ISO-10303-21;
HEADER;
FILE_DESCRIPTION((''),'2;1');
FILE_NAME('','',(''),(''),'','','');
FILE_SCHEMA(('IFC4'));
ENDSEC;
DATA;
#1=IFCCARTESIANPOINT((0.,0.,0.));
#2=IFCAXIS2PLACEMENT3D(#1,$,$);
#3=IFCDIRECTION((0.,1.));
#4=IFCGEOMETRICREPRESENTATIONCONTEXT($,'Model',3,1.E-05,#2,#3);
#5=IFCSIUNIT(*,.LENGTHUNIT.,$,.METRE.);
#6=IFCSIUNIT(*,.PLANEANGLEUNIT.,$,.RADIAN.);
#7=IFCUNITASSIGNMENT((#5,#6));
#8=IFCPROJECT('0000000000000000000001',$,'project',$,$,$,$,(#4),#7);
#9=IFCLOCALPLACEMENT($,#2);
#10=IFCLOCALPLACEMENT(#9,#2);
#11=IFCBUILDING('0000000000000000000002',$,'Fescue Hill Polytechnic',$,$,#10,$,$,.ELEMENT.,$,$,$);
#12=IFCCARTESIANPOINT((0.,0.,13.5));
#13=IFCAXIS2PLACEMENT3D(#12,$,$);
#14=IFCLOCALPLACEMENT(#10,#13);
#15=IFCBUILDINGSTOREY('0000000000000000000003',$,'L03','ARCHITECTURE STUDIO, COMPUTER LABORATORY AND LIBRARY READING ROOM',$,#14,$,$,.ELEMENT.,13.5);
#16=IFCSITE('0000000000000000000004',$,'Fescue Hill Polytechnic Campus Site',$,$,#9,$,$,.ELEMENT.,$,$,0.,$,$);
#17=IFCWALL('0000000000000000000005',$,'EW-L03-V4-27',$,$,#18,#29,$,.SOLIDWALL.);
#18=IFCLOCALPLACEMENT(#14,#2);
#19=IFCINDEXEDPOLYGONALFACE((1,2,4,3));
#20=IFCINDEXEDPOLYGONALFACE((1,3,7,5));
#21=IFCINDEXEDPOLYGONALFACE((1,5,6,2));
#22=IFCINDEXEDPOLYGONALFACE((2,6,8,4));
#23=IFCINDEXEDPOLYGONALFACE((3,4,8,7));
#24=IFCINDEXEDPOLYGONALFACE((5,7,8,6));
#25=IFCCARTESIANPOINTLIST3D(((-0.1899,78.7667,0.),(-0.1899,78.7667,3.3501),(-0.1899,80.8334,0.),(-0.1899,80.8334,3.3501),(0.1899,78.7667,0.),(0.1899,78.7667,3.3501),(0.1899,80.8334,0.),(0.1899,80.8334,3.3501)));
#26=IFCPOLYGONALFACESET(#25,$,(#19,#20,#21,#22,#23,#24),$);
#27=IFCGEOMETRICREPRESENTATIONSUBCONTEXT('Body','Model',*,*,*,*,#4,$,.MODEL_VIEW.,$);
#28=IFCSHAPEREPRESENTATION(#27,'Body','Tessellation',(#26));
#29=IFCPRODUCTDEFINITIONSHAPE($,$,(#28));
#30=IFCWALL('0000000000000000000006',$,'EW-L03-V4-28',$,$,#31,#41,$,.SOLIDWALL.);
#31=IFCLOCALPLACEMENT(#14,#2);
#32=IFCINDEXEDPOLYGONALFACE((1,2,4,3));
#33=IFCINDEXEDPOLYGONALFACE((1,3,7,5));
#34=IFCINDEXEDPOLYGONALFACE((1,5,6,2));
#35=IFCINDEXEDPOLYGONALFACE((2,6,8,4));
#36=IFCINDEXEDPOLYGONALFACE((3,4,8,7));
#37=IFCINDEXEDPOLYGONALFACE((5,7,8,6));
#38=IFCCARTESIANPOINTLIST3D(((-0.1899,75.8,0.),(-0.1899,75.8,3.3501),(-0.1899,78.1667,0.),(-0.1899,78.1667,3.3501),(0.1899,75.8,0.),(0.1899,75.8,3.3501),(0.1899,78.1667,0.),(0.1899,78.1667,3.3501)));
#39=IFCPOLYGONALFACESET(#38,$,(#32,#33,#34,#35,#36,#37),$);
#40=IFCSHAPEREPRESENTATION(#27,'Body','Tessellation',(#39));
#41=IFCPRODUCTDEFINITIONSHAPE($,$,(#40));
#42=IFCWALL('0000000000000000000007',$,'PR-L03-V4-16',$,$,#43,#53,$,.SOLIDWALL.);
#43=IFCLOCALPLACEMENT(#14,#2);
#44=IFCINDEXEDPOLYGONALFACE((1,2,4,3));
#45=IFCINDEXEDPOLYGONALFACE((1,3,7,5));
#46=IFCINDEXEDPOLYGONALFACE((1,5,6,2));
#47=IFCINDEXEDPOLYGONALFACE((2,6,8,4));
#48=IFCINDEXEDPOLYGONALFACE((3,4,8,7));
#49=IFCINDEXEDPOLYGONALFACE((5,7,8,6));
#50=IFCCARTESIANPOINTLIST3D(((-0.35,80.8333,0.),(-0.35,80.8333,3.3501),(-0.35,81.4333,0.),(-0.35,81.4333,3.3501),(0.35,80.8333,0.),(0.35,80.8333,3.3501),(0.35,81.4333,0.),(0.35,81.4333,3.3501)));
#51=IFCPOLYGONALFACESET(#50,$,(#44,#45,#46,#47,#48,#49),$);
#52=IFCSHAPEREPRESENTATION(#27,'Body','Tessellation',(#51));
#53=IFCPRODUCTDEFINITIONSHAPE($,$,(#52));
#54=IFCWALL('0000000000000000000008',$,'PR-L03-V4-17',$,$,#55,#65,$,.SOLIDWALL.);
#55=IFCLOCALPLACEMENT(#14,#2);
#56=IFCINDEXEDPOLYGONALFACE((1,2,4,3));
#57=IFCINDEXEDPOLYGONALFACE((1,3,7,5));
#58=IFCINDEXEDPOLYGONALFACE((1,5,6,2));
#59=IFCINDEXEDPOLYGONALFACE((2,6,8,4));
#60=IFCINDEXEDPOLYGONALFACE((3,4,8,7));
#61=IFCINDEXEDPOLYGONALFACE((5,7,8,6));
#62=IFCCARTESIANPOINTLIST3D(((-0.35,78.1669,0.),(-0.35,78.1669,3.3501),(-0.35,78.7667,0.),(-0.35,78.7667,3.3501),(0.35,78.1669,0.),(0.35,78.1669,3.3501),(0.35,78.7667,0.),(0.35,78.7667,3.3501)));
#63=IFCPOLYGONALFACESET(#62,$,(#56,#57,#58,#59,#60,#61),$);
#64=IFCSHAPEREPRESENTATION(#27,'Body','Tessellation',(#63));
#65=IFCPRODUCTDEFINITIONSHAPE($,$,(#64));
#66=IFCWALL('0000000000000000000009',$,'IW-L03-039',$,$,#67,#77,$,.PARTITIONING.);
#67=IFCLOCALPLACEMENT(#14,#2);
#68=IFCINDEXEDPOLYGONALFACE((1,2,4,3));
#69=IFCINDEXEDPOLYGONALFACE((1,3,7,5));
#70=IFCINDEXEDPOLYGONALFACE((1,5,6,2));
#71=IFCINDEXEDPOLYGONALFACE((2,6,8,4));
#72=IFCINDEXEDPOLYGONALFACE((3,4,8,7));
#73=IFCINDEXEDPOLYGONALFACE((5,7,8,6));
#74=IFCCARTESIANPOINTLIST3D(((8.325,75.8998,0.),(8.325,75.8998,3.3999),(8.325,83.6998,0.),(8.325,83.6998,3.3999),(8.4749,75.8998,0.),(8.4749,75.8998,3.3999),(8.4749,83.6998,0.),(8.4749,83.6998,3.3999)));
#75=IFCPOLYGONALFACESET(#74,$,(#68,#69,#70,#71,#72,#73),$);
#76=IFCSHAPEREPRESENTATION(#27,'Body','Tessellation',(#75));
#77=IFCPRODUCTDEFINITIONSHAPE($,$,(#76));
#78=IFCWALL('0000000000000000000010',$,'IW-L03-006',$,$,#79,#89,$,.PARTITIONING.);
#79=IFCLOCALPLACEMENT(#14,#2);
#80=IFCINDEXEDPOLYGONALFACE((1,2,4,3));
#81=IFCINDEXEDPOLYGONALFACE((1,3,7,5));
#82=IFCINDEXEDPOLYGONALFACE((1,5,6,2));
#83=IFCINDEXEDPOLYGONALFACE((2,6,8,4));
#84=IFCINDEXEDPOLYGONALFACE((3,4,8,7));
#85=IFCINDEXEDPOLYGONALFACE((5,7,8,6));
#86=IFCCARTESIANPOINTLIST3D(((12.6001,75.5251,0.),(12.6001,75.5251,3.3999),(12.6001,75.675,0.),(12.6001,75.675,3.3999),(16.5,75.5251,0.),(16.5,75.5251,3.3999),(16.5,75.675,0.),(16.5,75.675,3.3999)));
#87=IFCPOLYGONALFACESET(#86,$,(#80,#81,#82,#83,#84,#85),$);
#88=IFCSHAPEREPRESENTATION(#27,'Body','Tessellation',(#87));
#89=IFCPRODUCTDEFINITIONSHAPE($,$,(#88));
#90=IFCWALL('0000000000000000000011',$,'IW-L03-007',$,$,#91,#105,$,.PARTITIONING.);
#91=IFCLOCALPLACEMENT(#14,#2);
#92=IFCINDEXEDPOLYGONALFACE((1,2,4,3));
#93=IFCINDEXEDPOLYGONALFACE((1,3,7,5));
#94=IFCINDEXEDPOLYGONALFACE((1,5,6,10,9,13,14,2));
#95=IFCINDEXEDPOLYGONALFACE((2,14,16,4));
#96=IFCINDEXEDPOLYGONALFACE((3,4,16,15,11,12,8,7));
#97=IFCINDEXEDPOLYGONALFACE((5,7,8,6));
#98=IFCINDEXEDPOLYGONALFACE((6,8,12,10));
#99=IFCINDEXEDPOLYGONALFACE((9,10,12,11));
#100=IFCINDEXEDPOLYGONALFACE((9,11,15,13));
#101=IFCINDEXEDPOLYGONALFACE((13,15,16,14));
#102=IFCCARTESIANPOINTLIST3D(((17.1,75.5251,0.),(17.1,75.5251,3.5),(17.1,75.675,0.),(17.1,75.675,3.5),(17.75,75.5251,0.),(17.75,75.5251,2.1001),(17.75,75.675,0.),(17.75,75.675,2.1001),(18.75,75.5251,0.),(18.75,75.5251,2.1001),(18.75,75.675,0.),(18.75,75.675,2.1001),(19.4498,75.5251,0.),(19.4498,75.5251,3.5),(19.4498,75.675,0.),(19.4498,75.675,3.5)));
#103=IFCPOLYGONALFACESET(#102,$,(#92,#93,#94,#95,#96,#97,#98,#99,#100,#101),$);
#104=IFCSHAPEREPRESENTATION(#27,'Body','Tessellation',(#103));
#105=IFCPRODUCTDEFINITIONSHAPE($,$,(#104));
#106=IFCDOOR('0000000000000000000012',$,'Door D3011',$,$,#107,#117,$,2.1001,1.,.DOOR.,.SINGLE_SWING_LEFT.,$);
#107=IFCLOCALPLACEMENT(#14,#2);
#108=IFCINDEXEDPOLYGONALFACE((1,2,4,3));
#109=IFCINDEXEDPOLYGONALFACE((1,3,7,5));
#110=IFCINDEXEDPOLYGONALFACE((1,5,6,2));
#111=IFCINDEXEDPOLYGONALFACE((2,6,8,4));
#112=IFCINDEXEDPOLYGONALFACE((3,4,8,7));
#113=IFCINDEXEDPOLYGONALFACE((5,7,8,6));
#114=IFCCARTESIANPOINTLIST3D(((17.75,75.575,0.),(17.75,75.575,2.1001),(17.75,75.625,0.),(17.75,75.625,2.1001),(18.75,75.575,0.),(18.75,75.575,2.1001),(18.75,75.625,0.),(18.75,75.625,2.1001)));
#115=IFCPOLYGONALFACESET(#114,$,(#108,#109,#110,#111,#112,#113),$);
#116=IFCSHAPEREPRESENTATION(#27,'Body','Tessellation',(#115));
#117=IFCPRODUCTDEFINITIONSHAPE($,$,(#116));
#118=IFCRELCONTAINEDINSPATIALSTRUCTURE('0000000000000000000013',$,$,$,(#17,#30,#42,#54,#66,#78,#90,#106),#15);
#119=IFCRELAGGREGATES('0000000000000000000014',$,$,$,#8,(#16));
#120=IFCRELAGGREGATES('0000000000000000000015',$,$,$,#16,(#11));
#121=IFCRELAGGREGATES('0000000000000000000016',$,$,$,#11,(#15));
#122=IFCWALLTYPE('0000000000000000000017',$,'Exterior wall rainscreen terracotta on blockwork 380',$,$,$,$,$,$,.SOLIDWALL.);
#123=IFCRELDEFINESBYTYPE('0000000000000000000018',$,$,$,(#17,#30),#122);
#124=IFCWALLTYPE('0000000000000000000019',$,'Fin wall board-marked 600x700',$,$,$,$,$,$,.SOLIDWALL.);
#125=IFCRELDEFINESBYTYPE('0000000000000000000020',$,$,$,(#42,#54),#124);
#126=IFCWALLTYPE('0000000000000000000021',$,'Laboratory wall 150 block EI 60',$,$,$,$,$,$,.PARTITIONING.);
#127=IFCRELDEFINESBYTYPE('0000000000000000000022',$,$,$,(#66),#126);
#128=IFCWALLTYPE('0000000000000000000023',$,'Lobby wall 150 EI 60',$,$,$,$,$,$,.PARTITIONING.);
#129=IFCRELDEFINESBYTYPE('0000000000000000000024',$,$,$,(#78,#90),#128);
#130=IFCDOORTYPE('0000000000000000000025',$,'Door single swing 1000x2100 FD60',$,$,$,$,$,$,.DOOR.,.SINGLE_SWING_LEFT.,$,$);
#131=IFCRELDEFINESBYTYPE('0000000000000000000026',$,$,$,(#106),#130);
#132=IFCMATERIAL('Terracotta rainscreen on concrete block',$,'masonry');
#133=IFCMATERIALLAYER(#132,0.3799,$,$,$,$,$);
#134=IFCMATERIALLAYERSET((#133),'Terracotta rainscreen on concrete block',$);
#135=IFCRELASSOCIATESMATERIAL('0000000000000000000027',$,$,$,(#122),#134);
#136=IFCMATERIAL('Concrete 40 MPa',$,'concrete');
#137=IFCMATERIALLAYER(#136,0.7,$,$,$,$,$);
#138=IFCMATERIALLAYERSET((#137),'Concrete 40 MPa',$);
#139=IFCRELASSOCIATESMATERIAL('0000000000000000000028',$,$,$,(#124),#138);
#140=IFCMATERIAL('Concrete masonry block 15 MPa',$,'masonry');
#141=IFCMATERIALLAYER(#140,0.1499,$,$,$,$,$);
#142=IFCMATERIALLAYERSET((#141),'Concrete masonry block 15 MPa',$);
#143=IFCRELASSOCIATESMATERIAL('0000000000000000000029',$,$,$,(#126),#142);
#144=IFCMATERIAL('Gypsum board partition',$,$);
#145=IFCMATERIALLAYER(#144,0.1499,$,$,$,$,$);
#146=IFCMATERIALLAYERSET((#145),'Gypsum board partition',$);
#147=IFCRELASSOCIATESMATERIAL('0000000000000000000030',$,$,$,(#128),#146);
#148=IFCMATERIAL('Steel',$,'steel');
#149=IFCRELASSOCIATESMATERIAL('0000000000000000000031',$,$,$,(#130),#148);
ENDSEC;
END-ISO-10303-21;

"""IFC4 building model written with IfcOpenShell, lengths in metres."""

from ifc_helpers import new_model, si_unit, direction, frame, frame_2d, origin, place, context, subcontext, project, spatial, rectangle, extrude, material, layer, layer_set, type_object, element, fill, save


model = new_model("IFC4")

# Units and contexts
model_context = context("Model", 3, precision=1e-05, world=origin(), true_north=direction((0.0, 1.0)))
body_context = subcontext(model_context, "Body", "Model", "MODEL_VIEW")
ifc_project = project(units=[si_unit("LENGTHUNIT", "METRE"), si_unit("PLANEANGLEUNIT", "RADIAN")], contexts=[model_context])

# Site, building, storey
site_placement = place(None, origin())
site = spatial("IfcSite", under=ifc_project, at=site_placement, Name="Fescue Hill Polytechnic Campus Site", CompositionType="ELEMENT", RefElevation=0.0)
building_placement = place(site_placement, origin())
building = spatial("IfcBuilding", under=site, at=building_placement, Name="Fescue Hill Polytechnic", CompositionType="ELEMENT")
storey_placement = place(building_placement, frame((0.0, 0.0, 13.5)))
storey = spatial("IfcBuildingStorey", under=building, at=storey_placement, Name="L03", Description="ARCHITECTURE STUDIO, COMPUTER LABORATORY AND LIBRARY READING ROOM", CompositionType="ELEMENT", Elevation=13.5)

# Shared definitions
ifc_material_1 = material(Name="Concrete 40 MPa", Category="concrete")

# Walls
ifc_material_2 = material(Name="Terracotta rainscreen on concrete block", Category="masonry")
ifc_layer_1 = layer(ifc_material_2, 0.3799)
ifc_layer_set_1 = layer_set([ifc_layer_1], Name="Terracotta rainscreen on concrete block")
wall_type_1 = type_object("IfcWallType", Name="Exterior wall rainscreen terracotta on blockwork 380", PredefinedType="SOLIDWALL", material=ifc_layer_set_1)
wall_1_placement = place(storey_placement, frame((0.0, 80.8333, 0.0), z_axis=(0.0, 0.0, 1.0), x_axis=(0.0, -1.0, 0.0)))
element("IfcWall", 1, at=wall_1_placement, inside=storey, type_object=wall_type_1, Name="EW-L03-V4-27", PredefinedType="SOLIDWALL", context=body_context, shape_type="SweptSolid", body=[
    extrude(rectangle(XDim=2.0667, YDim=0.3799, at=frame_2d((1.0332, 0.0))), origin(), (0.0, 0.0, 1.0), 3.3501),
])
wall_2_placement = place(storey_placement, frame((0.0, 78.1667, 0.0), z_axis=(0.0, 0.0, 1.0), x_axis=(0.0, -1.0, 0.0)))
element("IfcWall", 2, at=wall_2_placement, inside=storey, type_object=wall_type_1, Name="EW-L03-V4-28", PredefinedType="SOLIDWALL", context=body_context, shape_type="SweptSolid", body=[
    extrude(rectangle(XDim=2.3667, YDim=0.3799, at=frame_2d((1.1833, 0.0))), origin(), (0.0, 0.0, 1.0), 3.3501),
])
ifc_layer_2 = layer(ifc_material_1, 0.7)
ifc_layer_set_2 = layer_set([ifc_layer_2], Name="Concrete 40 MPa")
wall_type_2 = type_object("IfcWallType", Name="Fin wall board-marked 600x700", PredefinedType="SOLIDWALL", material=ifc_layer_set_2)
wall_3_placement = place(storey_placement, frame((0.0, 81.4333, 0.0), z_axis=(0.0, 0.0, 1.0), x_axis=(0.0, -1.0, 0.0)))
element("IfcWall", 3, at=wall_3_placement, inside=storey, type_object=wall_type_2, Name="PR-L03-V4-16", PredefinedType="SOLIDWALL", context=body_context, shape_type="SweptSolid", body=[
    extrude(rectangle(XDim=0.6001, YDim=0.7, at=frame_2d((0.3, 0.0))), origin(), (0.0, 0.0, 1.0), 3.3501),
])
wall_4_placement = place(storey_placement, frame((0.0, 78.7666, 0.0), z_axis=(0.0, 0.0, 1.0), x_axis=(0.0, -1.0, 0.0)))
element("IfcWall", 4, at=wall_4_placement, inside=storey, type_object=wall_type_2, Name="PR-L03-V4-17", PredefinedType="SOLIDWALL", context=body_context, shape_type="SweptSolid", body=[
    extrude(rectangle(XDim=0.5999, YDim=0.7, at=frame_2d((0.2998, 0.0))), origin(), (0.0, 0.0, 1.0), 3.3501),
])
ifc_material_3 = material(Name="Concrete masonry block 15 MPa", Category="masonry")
ifc_layer_3 = layer(ifc_material_3, 0.1499)
ifc_layer_set_3 = layer_set([ifc_layer_3], Name="Concrete masonry block 15 MPa")
wall_type_3 = type_object("IfcWallType", Name="Laboratory wall 150 block EI 60", PredefinedType="PARTITIONING", material=ifc_layer_set_3)
wall_5_placement = place(storey_placement, frame((8.3999, 75.8999, 0.0), z_axis=(0.0, 0.0, 1.0), x_axis=(0.0, 1.0, 0.0)))
element("IfcWall", 5, at=wall_5_placement, inside=storey, type_object=wall_type_3, Name="IW-L03-039", PredefinedType="PARTITIONING", context=body_context, shape_type="SweptSolid", body=[
    extrude(rectangle(XDim=7.8, YDim=0.1499, at=frame_2d((3.8999, 0.0))), origin(), (0.0, 0.0, 1.0), 3.3999),
])
ifc_material_4 = material(Name="Gypsum board partition")
ifc_layer_4 = layer(ifc_material_4, 0.1499)
ifc_layer_set_4 = layer_set([ifc_layer_4], Name="Gypsum board partition")
wall_type_4 = type_object("IfcWallType", Name="Lobby wall 150 EI 60", PredefinedType="PARTITIONING", material=ifc_layer_set_4)
wall_6_placement = place(storey_placement, frame((12.6001, 75.6001, 0.0), z_axis=(0.0, 0.0, 1.0), x_axis=(1.0, 0.0, 0.0)))
element("IfcWall", 6, at=wall_6_placement, inside=storey, type_object=wall_type_4, Name="IW-L03-006", PredefinedType="PARTITIONING", context=body_context, shape_type="SweptSolid", body=[
    extrude(rectangle(XDim=3.8999, YDim=0.1499, at=frame_2d((1.95, 0.0))), origin(), (0.0, 0.0, 1.0), 3.3999),
])

# Wall, opening, door
wall_7_placement = place(storey_placement, frame((17.1001, 75.6001, 0.0), z_axis=(0.0, 0.0, 1.0), x_axis=(1.0, 0.0, 0.0)))
wall_7 = element("IfcWall", 7, at=wall_7_placement, inside=storey, type_object=wall_type_4, Name="IW-L03-007", PredefinedType="PARTITIONING", context=body_context, shape_type="SweptSolid", body=[
    extrude(rectangle(XDim=2.3499, YDim=0.1499, at=frame_2d((1.1748, 0.0))), origin(), (0.0, 0.0, 1.0), 3.5),
])
opening_placement = place(wall_7_placement, frame((0.6499, 0.0, 0.0)))
opening = element("IfcOpeningElement", 8, at=opening_placement, cuts=wall_7, PredefinedType="OPENING", context=body_context, shape_type="SweptSolid", body=[
    extrude(rectangle(XDim=1.0, YDim=2.1001, at=frame_2d((0.5, 1.05))), frame((0.0, 0.085, 0.0), z_axis=(0.0, -1.0, 0.0), x_axis=(1.0, 0.0, 0.0)), (0.0, 0.0, 1.0), 0.1699),
])
ifc_material_5 = material(Name="Steel", Category="steel")
door_type = type_object("IfcDoorType", Name="Door single swing 1000x2100 FD60", OperationType="SINGLE_SWING_LEFT", PredefinedType="DOOR", material=ifc_material_5)
door_placement = place(opening_placement, origin())
door = element("IfcDoor", 9, at=door_placement, inside=storey, type_object=door_type, Name="Door D3011", OperationType="SINGLE_SWING_LEFT", OverallHeight=2.1001, OverallWidth=1.0, PredefinedType="DOOR", context=body_context, shape_type="SweptSolid", body=[
    extrude(rectangle(XDim=1.0, YDim=2.1001, at=frame_2d((0.5, 1.05))), frame((0.0, 0.0249, 0.0), z_axis=(0.0, -1.0, 0.0), x_axis=(1.0, 0.0, 0.0)), (0.0, 0.0, 1.0), 0.05),
])
fill(opening, door)

save(model, "model.ifc")
